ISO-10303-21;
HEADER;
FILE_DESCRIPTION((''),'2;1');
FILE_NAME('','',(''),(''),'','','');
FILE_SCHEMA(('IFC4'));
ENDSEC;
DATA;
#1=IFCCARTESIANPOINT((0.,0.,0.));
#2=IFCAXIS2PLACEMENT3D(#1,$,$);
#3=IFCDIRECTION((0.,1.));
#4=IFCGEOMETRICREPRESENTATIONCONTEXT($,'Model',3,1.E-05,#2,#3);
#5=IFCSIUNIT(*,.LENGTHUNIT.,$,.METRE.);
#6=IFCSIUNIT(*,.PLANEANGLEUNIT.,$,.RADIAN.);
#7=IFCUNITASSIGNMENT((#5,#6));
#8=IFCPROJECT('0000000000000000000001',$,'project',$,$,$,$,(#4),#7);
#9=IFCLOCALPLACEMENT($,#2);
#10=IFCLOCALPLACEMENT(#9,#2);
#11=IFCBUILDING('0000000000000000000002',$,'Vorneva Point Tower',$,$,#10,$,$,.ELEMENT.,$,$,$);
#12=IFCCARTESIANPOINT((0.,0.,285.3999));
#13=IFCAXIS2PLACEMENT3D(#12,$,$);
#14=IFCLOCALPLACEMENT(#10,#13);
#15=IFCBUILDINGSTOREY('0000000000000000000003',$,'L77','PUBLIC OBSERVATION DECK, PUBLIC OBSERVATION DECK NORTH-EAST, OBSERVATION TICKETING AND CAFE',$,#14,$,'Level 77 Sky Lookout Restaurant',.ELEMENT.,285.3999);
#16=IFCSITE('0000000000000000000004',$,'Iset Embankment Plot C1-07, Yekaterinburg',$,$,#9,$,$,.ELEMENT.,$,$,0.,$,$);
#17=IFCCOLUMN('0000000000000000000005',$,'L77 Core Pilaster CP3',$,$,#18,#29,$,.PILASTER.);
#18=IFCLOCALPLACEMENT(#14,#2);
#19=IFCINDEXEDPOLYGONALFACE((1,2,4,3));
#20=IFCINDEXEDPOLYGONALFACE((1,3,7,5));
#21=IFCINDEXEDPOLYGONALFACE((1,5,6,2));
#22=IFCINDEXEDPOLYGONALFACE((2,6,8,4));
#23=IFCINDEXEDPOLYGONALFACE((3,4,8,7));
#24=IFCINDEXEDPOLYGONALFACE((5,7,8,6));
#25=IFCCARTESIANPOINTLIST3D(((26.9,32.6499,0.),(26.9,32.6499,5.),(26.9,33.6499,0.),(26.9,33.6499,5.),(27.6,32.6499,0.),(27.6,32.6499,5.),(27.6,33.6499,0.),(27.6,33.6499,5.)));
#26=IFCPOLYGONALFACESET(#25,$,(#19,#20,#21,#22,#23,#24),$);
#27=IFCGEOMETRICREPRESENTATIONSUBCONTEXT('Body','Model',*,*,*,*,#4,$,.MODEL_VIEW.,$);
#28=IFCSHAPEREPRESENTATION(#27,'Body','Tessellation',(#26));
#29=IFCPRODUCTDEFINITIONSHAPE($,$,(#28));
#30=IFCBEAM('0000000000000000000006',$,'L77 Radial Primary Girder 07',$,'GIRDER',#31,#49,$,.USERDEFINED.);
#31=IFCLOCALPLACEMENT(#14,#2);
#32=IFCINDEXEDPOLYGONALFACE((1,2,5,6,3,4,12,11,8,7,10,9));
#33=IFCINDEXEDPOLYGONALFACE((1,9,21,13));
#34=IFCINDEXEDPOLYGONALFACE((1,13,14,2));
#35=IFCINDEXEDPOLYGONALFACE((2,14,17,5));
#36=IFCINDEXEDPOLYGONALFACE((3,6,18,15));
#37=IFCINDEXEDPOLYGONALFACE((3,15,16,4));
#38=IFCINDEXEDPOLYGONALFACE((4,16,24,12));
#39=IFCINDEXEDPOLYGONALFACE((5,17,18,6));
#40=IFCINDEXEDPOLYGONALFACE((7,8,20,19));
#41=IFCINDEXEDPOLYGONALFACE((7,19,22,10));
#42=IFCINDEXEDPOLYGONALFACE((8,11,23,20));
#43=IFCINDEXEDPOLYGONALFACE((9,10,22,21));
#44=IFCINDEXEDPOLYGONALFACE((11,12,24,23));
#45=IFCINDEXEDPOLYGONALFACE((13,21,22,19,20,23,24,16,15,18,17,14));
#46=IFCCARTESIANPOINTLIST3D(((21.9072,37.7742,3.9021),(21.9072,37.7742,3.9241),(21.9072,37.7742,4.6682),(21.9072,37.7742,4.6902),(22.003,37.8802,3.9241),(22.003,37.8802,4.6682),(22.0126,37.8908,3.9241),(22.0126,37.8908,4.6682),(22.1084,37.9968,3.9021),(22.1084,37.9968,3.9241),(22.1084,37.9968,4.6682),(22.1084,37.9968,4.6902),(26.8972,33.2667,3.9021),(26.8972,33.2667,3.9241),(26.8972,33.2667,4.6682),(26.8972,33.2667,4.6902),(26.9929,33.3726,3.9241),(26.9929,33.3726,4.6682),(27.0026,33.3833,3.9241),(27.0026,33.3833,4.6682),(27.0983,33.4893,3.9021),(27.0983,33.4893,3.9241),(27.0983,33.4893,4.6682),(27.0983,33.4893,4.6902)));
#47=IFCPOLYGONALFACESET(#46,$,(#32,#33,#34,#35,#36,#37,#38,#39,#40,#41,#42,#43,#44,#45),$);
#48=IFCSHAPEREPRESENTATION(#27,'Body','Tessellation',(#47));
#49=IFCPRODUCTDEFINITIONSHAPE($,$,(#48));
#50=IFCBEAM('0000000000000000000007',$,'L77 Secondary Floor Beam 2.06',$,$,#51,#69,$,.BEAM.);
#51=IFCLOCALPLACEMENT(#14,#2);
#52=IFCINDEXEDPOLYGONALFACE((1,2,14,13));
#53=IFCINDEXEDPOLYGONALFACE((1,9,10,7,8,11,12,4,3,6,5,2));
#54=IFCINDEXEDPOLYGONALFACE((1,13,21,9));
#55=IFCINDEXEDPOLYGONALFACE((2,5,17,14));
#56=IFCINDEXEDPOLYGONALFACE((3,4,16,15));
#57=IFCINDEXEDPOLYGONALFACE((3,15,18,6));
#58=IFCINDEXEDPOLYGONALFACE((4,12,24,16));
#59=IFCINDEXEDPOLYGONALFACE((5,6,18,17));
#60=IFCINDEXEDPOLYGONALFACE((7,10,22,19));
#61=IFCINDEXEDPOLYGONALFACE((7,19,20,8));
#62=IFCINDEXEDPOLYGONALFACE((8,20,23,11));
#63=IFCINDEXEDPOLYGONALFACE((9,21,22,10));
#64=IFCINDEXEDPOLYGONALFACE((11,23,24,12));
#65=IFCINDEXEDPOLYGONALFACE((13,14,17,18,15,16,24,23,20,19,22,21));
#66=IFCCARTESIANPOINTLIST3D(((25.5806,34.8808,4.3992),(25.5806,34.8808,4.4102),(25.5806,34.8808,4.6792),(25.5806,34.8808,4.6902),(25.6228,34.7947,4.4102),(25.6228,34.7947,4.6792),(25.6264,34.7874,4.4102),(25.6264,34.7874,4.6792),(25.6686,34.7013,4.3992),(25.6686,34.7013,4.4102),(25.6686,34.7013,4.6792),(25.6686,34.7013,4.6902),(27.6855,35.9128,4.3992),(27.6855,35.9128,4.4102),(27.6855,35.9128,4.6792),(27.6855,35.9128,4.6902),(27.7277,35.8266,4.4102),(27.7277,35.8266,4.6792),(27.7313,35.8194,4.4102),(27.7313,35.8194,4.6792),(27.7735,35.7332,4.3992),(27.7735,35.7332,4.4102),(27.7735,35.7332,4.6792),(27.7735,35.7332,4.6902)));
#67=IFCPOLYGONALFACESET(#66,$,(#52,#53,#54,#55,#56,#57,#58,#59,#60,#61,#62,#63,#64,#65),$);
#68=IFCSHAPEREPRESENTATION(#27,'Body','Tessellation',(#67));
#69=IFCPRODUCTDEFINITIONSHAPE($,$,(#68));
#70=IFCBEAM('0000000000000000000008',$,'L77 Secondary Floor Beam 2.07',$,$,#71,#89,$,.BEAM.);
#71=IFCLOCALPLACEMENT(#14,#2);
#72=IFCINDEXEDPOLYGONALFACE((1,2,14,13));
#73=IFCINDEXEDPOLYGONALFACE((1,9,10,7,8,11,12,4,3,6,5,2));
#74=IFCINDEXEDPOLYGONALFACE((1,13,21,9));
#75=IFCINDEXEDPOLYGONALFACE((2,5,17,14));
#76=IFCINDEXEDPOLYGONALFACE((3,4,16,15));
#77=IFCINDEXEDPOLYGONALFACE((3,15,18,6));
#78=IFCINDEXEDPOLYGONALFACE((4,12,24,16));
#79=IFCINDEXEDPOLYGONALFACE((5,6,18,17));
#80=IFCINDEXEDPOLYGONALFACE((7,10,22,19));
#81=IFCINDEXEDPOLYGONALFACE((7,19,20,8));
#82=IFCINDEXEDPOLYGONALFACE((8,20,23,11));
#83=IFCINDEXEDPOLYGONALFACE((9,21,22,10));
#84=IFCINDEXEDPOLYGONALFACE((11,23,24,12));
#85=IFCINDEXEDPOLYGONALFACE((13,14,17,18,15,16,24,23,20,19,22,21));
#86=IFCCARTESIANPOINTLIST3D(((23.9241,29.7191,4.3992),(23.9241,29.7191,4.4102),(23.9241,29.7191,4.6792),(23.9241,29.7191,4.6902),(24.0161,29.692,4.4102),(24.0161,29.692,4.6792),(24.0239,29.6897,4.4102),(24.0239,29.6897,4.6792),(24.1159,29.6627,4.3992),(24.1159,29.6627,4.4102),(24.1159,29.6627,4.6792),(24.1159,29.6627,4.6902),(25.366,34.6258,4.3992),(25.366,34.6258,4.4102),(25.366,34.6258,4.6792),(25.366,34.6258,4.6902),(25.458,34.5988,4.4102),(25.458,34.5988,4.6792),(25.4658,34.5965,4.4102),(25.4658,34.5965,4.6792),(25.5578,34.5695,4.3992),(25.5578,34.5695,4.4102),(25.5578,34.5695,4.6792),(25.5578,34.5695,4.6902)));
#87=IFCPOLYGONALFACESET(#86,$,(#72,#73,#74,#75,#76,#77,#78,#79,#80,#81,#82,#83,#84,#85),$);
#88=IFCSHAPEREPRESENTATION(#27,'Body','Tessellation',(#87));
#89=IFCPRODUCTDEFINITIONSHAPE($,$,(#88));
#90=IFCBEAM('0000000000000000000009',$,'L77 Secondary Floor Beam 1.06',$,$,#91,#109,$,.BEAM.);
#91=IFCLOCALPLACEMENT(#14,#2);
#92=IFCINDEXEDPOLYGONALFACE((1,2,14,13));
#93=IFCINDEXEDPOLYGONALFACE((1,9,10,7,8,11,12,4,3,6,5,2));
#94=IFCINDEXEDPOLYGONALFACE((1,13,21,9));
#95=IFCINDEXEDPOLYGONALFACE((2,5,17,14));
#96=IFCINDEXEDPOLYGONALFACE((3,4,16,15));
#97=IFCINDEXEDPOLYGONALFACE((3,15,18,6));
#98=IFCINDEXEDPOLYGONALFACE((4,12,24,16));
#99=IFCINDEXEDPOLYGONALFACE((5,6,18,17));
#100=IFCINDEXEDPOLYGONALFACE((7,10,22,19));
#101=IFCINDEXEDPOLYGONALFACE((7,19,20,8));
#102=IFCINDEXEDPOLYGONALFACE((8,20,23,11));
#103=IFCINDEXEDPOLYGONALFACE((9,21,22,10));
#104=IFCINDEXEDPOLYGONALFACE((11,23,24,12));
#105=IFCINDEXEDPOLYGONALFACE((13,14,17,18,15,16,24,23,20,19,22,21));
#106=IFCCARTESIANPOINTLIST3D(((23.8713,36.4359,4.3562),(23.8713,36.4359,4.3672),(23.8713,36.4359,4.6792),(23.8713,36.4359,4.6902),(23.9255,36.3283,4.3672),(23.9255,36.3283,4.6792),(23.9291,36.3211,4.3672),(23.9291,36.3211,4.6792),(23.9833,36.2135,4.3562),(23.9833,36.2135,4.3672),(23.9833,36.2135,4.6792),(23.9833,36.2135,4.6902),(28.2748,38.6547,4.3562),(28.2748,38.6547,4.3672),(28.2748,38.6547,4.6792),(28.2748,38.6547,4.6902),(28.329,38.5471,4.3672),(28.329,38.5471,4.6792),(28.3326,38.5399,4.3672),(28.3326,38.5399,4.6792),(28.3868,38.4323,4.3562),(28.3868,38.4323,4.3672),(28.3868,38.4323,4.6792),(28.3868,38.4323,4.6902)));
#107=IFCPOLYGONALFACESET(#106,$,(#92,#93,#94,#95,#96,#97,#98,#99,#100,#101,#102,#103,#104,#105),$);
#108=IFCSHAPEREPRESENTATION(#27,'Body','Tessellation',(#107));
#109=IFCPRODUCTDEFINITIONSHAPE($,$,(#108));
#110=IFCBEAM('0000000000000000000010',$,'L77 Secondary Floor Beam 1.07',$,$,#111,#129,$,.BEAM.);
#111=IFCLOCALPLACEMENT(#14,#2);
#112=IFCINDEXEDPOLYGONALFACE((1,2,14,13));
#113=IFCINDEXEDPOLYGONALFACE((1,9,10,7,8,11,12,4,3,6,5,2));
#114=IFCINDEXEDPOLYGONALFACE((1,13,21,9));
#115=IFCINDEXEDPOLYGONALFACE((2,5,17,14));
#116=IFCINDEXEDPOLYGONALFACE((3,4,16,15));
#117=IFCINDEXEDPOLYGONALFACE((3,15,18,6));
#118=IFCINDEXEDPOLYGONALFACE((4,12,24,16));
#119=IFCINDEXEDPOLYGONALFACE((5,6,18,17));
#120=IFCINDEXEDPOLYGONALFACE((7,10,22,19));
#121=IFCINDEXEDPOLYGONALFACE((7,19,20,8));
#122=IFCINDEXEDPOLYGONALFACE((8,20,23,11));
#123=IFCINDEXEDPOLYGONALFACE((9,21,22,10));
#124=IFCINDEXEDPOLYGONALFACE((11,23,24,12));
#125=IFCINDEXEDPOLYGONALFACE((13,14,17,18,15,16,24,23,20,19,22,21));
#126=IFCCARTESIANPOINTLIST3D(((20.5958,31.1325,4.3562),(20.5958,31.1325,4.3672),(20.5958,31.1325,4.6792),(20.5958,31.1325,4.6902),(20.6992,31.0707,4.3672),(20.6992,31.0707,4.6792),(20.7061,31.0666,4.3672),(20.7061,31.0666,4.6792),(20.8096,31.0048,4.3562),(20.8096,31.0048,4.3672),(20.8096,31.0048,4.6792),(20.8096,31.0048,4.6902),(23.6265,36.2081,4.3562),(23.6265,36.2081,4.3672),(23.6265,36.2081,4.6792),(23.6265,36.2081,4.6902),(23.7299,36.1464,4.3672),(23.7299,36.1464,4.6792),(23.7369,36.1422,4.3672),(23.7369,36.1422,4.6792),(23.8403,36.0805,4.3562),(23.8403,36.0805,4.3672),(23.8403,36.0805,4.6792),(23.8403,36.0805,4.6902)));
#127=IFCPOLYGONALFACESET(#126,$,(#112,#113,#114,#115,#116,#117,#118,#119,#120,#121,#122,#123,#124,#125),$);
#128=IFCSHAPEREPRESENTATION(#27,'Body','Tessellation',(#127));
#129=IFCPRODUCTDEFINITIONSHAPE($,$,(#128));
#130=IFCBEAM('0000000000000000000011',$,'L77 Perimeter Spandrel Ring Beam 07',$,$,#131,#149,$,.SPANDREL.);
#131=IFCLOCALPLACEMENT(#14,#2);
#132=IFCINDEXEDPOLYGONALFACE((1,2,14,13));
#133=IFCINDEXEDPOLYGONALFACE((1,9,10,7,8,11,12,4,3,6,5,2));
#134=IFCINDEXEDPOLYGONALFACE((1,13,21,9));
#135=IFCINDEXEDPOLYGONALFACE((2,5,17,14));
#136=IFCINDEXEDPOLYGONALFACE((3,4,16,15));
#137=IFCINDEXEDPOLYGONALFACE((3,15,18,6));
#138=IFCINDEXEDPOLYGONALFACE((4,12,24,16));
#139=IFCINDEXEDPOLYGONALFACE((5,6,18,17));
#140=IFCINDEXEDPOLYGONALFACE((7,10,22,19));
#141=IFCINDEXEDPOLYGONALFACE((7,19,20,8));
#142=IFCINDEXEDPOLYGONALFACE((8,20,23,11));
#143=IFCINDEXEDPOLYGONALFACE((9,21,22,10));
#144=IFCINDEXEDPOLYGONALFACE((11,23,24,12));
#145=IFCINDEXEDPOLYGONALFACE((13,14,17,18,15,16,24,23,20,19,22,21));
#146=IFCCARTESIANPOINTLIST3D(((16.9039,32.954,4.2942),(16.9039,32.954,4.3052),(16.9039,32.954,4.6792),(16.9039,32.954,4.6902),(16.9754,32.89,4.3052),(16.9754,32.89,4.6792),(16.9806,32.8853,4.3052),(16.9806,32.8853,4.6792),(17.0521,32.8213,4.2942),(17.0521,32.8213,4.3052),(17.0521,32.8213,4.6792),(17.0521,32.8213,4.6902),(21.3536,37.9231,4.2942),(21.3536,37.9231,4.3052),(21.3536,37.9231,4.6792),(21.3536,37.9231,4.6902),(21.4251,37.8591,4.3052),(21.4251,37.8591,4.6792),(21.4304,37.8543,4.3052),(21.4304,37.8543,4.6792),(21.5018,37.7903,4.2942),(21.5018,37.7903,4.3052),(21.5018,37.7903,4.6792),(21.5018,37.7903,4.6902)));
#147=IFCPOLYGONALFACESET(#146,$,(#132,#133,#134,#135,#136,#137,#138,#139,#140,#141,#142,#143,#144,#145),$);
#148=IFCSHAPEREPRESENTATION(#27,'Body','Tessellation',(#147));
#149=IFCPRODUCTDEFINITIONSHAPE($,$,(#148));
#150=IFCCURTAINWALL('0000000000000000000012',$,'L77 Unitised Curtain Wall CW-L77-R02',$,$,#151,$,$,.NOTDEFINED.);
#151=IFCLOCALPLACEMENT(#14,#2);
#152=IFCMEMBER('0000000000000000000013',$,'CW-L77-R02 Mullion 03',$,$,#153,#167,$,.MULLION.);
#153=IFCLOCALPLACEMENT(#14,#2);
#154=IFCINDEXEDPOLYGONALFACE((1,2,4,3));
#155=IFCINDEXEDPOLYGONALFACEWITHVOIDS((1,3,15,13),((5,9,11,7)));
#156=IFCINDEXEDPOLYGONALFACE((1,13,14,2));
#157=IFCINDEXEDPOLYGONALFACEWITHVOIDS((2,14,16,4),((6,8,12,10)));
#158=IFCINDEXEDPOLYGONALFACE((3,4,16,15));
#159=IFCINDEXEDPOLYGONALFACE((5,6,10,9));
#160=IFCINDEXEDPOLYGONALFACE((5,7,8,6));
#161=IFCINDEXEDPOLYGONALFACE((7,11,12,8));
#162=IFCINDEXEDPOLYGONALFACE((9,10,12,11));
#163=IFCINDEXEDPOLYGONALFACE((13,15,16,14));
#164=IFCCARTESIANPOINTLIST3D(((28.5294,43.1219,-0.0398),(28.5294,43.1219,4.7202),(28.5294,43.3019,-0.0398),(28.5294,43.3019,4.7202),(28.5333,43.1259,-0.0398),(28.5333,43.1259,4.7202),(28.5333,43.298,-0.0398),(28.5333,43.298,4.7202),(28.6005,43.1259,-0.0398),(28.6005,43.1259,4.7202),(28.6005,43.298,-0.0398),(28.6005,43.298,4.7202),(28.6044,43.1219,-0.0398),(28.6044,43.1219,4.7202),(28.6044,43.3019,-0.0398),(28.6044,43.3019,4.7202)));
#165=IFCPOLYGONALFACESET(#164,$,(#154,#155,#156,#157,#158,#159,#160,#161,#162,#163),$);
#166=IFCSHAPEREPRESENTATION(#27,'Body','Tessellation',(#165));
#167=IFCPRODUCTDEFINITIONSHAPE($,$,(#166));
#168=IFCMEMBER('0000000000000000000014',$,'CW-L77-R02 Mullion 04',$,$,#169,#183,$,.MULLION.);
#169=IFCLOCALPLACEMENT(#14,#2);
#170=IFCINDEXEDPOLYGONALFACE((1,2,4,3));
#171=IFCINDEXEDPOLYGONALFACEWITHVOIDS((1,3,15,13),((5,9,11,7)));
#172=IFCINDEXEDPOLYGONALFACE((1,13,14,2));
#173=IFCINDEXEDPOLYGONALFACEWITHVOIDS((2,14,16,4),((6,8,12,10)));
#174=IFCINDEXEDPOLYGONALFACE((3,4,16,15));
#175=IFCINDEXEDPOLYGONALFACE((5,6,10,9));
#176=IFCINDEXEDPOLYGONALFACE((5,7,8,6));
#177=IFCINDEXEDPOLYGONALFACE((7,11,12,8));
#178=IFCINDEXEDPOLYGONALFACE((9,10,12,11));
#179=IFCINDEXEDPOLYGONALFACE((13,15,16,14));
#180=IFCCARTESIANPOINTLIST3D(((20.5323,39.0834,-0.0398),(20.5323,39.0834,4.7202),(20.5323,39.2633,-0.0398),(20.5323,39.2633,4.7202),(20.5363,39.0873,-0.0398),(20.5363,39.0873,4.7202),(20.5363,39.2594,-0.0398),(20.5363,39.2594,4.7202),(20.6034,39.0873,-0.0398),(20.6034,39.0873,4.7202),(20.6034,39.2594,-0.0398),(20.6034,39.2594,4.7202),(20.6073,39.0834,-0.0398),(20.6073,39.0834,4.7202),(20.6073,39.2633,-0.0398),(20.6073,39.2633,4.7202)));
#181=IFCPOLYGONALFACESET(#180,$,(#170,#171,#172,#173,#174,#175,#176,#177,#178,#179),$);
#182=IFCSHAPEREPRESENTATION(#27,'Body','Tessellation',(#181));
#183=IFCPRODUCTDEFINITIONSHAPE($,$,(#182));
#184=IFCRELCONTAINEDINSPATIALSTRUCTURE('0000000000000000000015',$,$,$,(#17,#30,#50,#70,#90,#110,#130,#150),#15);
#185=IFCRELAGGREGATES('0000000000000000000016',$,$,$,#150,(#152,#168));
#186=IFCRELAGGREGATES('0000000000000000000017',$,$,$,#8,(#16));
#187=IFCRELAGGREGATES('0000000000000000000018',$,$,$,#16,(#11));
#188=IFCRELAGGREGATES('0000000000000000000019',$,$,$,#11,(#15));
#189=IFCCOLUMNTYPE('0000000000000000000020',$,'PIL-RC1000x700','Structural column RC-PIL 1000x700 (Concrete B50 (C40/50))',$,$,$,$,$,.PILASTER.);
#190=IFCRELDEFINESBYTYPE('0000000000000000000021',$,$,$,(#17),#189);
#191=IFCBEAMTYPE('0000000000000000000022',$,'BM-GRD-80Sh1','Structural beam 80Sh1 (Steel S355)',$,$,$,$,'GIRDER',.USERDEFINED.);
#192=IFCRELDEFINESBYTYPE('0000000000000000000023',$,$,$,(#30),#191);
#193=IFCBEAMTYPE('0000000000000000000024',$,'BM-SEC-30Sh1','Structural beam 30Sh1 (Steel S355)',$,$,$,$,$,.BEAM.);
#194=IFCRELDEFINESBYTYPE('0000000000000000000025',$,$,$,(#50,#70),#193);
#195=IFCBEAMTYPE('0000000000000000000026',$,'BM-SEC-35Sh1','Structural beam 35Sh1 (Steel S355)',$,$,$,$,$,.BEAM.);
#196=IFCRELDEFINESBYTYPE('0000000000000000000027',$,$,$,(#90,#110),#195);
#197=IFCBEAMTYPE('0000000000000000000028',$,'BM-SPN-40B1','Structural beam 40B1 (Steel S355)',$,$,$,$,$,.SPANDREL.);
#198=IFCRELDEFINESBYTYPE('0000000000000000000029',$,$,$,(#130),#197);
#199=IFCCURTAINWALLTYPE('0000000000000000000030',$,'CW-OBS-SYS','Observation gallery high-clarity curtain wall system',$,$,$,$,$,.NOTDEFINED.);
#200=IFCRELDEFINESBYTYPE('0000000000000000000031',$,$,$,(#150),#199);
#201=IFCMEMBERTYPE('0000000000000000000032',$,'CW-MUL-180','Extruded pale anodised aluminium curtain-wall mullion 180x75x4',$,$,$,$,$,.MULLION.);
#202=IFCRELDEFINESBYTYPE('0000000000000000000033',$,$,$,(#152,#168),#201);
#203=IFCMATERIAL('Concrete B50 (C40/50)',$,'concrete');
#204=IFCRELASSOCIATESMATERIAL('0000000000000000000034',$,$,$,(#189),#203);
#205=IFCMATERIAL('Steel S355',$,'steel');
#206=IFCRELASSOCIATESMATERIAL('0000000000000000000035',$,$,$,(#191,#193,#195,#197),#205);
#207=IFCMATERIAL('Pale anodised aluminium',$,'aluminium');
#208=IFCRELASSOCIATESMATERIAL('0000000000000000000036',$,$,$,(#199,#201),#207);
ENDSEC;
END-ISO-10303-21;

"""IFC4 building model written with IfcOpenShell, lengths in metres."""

from ifc_helpers import new_model, si_unit, direction, frame, origin, origin_2d, place, context, subcontext, project, spatial, rectangle, hollow_rectangle, i_section, extrude, material, material_profile, profile_set, type_object, element, aggregate, save


model = new_model("IFC4")

# Units and contexts
model_context = context("Model", 3, precision=1e-05, world=origin(), true_north=direction((0.0, 1.0)))
body_context = subcontext(model_context, "Body", "Model", "MODEL_VIEW")
ifc_project = project(units=[si_unit("LENGTHUNIT", "METRE"), si_unit("PLANEANGLEUNIT", "RADIAN")], contexts=[model_context])

# Site, building, storey
site_placement = place(None, origin())
site = spatial("IfcSite", under=ifc_project, at=site_placement, Name="Iset Embankment Plot C1-07, Yekaterinburg", CompositionType="ELEMENT", RefElevation=0.0)
building_placement = place(site_placement, origin())
building = spatial("IfcBuilding", under=site, at=building_placement, Name="Vorneva Point Tower", CompositionType="ELEMENT")
storey_placement = place(building_placement, frame((0.0, 0.0, 285.3999)))
storey = spatial("IfcBuildingStorey", under=building, at=storey_placement, Name="L77", Description="PUBLIC OBSERVATION DECK, PUBLIC OBSERVATION DECK NORTH-EAST, OBSERVATION TICKETING AND CAFE", LongName="Level 77 Sky Lookout Restaurant", CompositionType="ELEMENT", Elevation=285.3999)

# Column
ifc_material_1 = material(Name="Concrete B50 (C40/50)", Category="concrete")
ifc_material_profile_1 = material_profile(ifc_material_1, rectangle(XDim=0.7, YDim=1.0, at=origin_2d()), Name="RC-PIL 1000x700")
ifc_profile_set_1 = profile_set([ifc_material_profile_1], Name="Concrete B50 (C40/50)")
column_type_1 = type_object("IfcColumnType", Name="PIL-RC1000x700", Description="Structural column RC-PIL 1000x700 (Concrete B50 (C40/50))", PredefinedType="PILASTER", material=ifc_profile_set_1)
column_1_placement = place(storey_placement, frame((27.25, 33.1499, 0.0), z_axis=(0.0, 0.0, 1.0), x_axis=(1.0, 0.0, 0.0)))
element("IfcColumn", 1, at=column_1_placement, inside=storey, type_object=column_type_1, Name="L77 Core Pilaster CP3", PredefinedType="PILASTER", context=body_context, shape_type="SweptSolid", body=[
    extrude(rectangle(XDim=0.7, YDim=1.0, at=origin_2d()), origin(), (0.0, 0.0, 1.0), 5.0),
])

# Beams
ifc_material_2 = material(Name="Steel S355", Category="steel")
ifc_material_profile_2 = material_profile(ifc_material_2, i_section(OverallWidth=0.3, OverallDepth=0.7881, WebThickness=0.0144, FlangeThickness=0.022, at=origin_2d()), Name="80Sh1")
ifc_profile_set_2 = profile_set([ifc_material_profile_2], Name="Steel S355")
beam_type_1 = type_object("IfcBeamType", Name="BM-GRD-80Sh1", Description="Structural beam 80Sh1 (Steel S355)", ElementType="GIRDER", PredefinedType="USERDEFINED", material=ifc_profile_set_2)
beam_1_placement = place(storey_placement, frame((22.0078, 37.8855, 4.2961), z_axis=(0.742067, -0.670326, 0.0), x_axis=(0.670326, 0.742067, 0.0)))
element("IfcBeam", 2, at=beam_1_placement, inside=storey, type_object=beam_type_1, Name="L77 Radial Primary Girder 07", ObjectType="GIRDER", PredefinedType="USERDEFINED", context=body_context, shape_type="SweptSolid", body=[
    extrude(i_section(OverallWidth=0.3, OverallDepth=0.7881, WebThickness=0.0144, FlangeThickness=0.022, at=origin_2d()), origin(), (0.0, 0.0, 1.0), 6.7244),
])
ifc_material_profile_3 = material_profile(ifc_material_2, i_section(OverallWidth=0.2, OverallDepth=0.291, WebThickness=0.0081, FlangeThickness=0.011, at=origin_2d()), Name="30Sh1")
ifc_profile_set_3 = profile_set([ifc_material_profile_3], Name="Steel S355")
beam_type_2 = type_object("IfcBeamType", Name="BM-SEC-30Sh1", Description="Structural beam 30Sh1 (Steel S355)", PredefinedType="BEAM", material=ifc_profile_set_3)
beam_2_placement = place(storey_placement, frame((27.7295, 35.823, 4.5447), z_axis=(-0.897899, -0.440202, 0.0), x_axis=(0.440202, -0.897899, 0.0)))
element("IfcBeam", 3, at=beam_2_placement, inside=storey, type_object=beam_type_2, Name="L77 Secondary Floor Beam 2.06", PredefinedType="BEAM", context=body_context, shape_type="SweptSolid", body=[
    extrude(i_section(OverallWidth=0.2, OverallDepth=0.291, WebThickness=0.0081, FlangeThickness=0.011, at=origin_2d()), origin(), (0.0, 0.0, 1.0), 2.3442),
])
beam_3_placement = place(storey_placement, frame((25.4619, 34.5977, 4.5447), z_axis=(-0.281939, -0.959432, 0.0), x_axis=(0.959432, -0.281939, 0.0)))
element("IfcBeam", 4, at=beam_3_placement, inside=storey, type_object=beam_type_2, Name="L77 Secondary Floor Beam 2.07", PredefinedType="BEAM", context=body_context, shape_type="SweptSolid", body=[
    extrude(i_section(OverallWidth=0.2, OverallDepth=0.291, WebThickness=0.0081, FlangeThickness=0.011, at=origin_2d()), origin(), (0.0, 0.0, 1.0), 5.1143),
])
ifc_material_profile_4 = material_profile(ifc_material_2, i_section(OverallWidth=0.249, OverallDepth=0.334, WebThickness=0.0081, FlangeThickness=0.011, at=origin_2d()), Name="35Sh1")
ifc_profile_set_4 = profile_set([ifc_material_profile_4], Name="Steel S355")
beam_type_3 = type_object("IfcBeamType", Name="BM-SEC-35Sh1", Description="Structural beam 35Sh1 (Steel S355)", PredefinedType="BEAM", material=ifc_profile_set_4)
beam_4_placement = place(storey_placement, frame((28.3308, 38.5435, 4.5232), z_axis=(-0.893047, -0.449964, 0.0), x_axis=(0.449964, -0.893047, 0.0)))
element("IfcBeam", 5, at=beam_4_placement, inside=storey, type_object=beam_type_3, Name="L77 Secondary Floor Beam 1.06", PredefinedType="BEAM", context=body_context, shape_type="SweptSolid", body=[
    extrude(i_section(OverallWidth=0.249, OverallDepth=0.334, WebThickness=0.0081, FlangeThickness=0.011, at=origin_2d()), origin(), (0.0, 0.0, 1.0), 4.9309),
])
beam_5_placement = place(storey_placement, frame((23.7334, 36.1443, 4.5232), z_axis=(-0.512673, -0.858584, 0.0), x_axis=(0.858584, -0.512673, 0.0)))
element("IfcBeam", 6, at=beam_5_placement, inside=storey, type_object=beam_type_3, Name="L77 Secondary Floor Beam 1.07", PredefinedType="BEAM", context=body_context, shape_type="SweptSolid", body=[
    extrude(i_section(OverallWidth=0.249, OverallDepth=0.334, WebThickness=0.0081, FlangeThickness=0.011, at=origin_2d()), origin(), (0.0, 0.0, 1.0), 5.9116),
])
ifc_material_profile_5 = material_profile(ifc_material_2, i_section(OverallWidth=0.199, OverallDepth=0.396, WebThickness=0.0071, FlangeThickness=0.011, at=origin_2d()), Name="40B1")
ifc_profile_set_5 = profile_set([ifc_material_profile_5], Name="Steel S355")
beam_type_4 = type_object("IfcBeamType", Name="BM-SPN-40B1", Description="Structural beam 40B1 (Steel S355)", PredefinedType="SPANDREL", material=ifc_profile_set_5)
beam_6_placement = place(storey_placement, frame((21.4277, 37.8567, 4.4922), z_axis=(-0.667108, -0.744961, 0.0), x_axis=(0.744961, -0.667108, 0.0)))
element("IfcBeam", 7, at=beam_6_placement, inside=storey, type_object=beam_type_4, Name="L77 Perimeter Spandrel Ring Beam 07", PredefinedType="SPANDREL", context=body_context, shape_type="SweptSolid", body=[
    extrude(i_section(OverallWidth=0.199, OverallDepth=0.396, WebThickness=0.0071, FlangeThickness=0.011, at=origin_2d()), origin(), (0.0, 0.0, 1.0), 6.6702),
])

# Curtain wall, members
ifc_material_3 = material(Name="Pale anodised aluminium", Category="aluminium")
curtain_wall_type = type_object("IfcCurtainWallType", Name="CW-OBS-SYS", Description="Observation gallery high-clarity curtain wall system", PredefinedType="NOTDEFINED", material=ifc_material_3)
curtain_wall_1_placement = place(storey_placement, origin())
curtain_wall_1 = element("IfcCurtainWall", 8, at=curtain_wall_1_placement, inside=storey, type_object=curtain_wall_type, Name="L77 Unitised Curtain Wall CW-L77-R02", PredefinedType="NOTDEFINED")
ifc_material_profile_6 = material_profile(ifc_material_3, hollow_rectangle(XDim=0.075, YDim=0.1799, WallThickness=0.0039, at=origin_2d()), Name="AL-MUL 180x75x4")
ifc_profile_set_6 = profile_set([ifc_material_profile_6], Name="Pale anodised aluminium")
member_type_1 = type_object("IfcMemberType", Name="CW-MUL-180", Description="Extruded pale anodised aluminium curtain-wall mullion 180x75x4", PredefinedType="MULLION", material=ifc_profile_set_6)
member_1_placement = place(storey_placement, frame((28.5669, 43.2119, -0.0398), z_axis=(0.0, 0.0, 1.0), x_axis=(1.0, 0.0, 0.0)))
member_1 = element("IfcMember", 9, at=member_1_placement, type_object=member_type_1, Name="CW-L77-R02 Mullion 03", PredefinedType="MULLION", context=body_context, shape_type="SweptSolid", body=[
    extrude(hollow_rectangle(XDim=0.075, YDim=0.1799, WallThickness=0.0039, at=origin_2d()), origin(), (0.0, 0.0, 1.0), 4.76),
])
member_2_placement = place(storey_placement, frame((20.5698, 39.1733, -0.0398), z_axis=(0.0, 0.0, 1.0), x_axis=(1.0, 0.0, 0.0)))
member_2 = element("IfcMember", 10, at=member_2_placement, type_object=member_type_1, Name="CW-L77-R02 Mullion 04", PredefinedType="MULLION", context=body_context, shape_type="SweptSolid", body=[
    extrude(hollow_rectangle(XDim=0.075, YDim=0.1799, WallThickness=0.0039, at=origin_2d()), origin(), (0.0, 0.0, 1.0), 4.76),
])

aggregate(curtain_wall_1, [member_1, member_2])

save(model, "model.ifc")
